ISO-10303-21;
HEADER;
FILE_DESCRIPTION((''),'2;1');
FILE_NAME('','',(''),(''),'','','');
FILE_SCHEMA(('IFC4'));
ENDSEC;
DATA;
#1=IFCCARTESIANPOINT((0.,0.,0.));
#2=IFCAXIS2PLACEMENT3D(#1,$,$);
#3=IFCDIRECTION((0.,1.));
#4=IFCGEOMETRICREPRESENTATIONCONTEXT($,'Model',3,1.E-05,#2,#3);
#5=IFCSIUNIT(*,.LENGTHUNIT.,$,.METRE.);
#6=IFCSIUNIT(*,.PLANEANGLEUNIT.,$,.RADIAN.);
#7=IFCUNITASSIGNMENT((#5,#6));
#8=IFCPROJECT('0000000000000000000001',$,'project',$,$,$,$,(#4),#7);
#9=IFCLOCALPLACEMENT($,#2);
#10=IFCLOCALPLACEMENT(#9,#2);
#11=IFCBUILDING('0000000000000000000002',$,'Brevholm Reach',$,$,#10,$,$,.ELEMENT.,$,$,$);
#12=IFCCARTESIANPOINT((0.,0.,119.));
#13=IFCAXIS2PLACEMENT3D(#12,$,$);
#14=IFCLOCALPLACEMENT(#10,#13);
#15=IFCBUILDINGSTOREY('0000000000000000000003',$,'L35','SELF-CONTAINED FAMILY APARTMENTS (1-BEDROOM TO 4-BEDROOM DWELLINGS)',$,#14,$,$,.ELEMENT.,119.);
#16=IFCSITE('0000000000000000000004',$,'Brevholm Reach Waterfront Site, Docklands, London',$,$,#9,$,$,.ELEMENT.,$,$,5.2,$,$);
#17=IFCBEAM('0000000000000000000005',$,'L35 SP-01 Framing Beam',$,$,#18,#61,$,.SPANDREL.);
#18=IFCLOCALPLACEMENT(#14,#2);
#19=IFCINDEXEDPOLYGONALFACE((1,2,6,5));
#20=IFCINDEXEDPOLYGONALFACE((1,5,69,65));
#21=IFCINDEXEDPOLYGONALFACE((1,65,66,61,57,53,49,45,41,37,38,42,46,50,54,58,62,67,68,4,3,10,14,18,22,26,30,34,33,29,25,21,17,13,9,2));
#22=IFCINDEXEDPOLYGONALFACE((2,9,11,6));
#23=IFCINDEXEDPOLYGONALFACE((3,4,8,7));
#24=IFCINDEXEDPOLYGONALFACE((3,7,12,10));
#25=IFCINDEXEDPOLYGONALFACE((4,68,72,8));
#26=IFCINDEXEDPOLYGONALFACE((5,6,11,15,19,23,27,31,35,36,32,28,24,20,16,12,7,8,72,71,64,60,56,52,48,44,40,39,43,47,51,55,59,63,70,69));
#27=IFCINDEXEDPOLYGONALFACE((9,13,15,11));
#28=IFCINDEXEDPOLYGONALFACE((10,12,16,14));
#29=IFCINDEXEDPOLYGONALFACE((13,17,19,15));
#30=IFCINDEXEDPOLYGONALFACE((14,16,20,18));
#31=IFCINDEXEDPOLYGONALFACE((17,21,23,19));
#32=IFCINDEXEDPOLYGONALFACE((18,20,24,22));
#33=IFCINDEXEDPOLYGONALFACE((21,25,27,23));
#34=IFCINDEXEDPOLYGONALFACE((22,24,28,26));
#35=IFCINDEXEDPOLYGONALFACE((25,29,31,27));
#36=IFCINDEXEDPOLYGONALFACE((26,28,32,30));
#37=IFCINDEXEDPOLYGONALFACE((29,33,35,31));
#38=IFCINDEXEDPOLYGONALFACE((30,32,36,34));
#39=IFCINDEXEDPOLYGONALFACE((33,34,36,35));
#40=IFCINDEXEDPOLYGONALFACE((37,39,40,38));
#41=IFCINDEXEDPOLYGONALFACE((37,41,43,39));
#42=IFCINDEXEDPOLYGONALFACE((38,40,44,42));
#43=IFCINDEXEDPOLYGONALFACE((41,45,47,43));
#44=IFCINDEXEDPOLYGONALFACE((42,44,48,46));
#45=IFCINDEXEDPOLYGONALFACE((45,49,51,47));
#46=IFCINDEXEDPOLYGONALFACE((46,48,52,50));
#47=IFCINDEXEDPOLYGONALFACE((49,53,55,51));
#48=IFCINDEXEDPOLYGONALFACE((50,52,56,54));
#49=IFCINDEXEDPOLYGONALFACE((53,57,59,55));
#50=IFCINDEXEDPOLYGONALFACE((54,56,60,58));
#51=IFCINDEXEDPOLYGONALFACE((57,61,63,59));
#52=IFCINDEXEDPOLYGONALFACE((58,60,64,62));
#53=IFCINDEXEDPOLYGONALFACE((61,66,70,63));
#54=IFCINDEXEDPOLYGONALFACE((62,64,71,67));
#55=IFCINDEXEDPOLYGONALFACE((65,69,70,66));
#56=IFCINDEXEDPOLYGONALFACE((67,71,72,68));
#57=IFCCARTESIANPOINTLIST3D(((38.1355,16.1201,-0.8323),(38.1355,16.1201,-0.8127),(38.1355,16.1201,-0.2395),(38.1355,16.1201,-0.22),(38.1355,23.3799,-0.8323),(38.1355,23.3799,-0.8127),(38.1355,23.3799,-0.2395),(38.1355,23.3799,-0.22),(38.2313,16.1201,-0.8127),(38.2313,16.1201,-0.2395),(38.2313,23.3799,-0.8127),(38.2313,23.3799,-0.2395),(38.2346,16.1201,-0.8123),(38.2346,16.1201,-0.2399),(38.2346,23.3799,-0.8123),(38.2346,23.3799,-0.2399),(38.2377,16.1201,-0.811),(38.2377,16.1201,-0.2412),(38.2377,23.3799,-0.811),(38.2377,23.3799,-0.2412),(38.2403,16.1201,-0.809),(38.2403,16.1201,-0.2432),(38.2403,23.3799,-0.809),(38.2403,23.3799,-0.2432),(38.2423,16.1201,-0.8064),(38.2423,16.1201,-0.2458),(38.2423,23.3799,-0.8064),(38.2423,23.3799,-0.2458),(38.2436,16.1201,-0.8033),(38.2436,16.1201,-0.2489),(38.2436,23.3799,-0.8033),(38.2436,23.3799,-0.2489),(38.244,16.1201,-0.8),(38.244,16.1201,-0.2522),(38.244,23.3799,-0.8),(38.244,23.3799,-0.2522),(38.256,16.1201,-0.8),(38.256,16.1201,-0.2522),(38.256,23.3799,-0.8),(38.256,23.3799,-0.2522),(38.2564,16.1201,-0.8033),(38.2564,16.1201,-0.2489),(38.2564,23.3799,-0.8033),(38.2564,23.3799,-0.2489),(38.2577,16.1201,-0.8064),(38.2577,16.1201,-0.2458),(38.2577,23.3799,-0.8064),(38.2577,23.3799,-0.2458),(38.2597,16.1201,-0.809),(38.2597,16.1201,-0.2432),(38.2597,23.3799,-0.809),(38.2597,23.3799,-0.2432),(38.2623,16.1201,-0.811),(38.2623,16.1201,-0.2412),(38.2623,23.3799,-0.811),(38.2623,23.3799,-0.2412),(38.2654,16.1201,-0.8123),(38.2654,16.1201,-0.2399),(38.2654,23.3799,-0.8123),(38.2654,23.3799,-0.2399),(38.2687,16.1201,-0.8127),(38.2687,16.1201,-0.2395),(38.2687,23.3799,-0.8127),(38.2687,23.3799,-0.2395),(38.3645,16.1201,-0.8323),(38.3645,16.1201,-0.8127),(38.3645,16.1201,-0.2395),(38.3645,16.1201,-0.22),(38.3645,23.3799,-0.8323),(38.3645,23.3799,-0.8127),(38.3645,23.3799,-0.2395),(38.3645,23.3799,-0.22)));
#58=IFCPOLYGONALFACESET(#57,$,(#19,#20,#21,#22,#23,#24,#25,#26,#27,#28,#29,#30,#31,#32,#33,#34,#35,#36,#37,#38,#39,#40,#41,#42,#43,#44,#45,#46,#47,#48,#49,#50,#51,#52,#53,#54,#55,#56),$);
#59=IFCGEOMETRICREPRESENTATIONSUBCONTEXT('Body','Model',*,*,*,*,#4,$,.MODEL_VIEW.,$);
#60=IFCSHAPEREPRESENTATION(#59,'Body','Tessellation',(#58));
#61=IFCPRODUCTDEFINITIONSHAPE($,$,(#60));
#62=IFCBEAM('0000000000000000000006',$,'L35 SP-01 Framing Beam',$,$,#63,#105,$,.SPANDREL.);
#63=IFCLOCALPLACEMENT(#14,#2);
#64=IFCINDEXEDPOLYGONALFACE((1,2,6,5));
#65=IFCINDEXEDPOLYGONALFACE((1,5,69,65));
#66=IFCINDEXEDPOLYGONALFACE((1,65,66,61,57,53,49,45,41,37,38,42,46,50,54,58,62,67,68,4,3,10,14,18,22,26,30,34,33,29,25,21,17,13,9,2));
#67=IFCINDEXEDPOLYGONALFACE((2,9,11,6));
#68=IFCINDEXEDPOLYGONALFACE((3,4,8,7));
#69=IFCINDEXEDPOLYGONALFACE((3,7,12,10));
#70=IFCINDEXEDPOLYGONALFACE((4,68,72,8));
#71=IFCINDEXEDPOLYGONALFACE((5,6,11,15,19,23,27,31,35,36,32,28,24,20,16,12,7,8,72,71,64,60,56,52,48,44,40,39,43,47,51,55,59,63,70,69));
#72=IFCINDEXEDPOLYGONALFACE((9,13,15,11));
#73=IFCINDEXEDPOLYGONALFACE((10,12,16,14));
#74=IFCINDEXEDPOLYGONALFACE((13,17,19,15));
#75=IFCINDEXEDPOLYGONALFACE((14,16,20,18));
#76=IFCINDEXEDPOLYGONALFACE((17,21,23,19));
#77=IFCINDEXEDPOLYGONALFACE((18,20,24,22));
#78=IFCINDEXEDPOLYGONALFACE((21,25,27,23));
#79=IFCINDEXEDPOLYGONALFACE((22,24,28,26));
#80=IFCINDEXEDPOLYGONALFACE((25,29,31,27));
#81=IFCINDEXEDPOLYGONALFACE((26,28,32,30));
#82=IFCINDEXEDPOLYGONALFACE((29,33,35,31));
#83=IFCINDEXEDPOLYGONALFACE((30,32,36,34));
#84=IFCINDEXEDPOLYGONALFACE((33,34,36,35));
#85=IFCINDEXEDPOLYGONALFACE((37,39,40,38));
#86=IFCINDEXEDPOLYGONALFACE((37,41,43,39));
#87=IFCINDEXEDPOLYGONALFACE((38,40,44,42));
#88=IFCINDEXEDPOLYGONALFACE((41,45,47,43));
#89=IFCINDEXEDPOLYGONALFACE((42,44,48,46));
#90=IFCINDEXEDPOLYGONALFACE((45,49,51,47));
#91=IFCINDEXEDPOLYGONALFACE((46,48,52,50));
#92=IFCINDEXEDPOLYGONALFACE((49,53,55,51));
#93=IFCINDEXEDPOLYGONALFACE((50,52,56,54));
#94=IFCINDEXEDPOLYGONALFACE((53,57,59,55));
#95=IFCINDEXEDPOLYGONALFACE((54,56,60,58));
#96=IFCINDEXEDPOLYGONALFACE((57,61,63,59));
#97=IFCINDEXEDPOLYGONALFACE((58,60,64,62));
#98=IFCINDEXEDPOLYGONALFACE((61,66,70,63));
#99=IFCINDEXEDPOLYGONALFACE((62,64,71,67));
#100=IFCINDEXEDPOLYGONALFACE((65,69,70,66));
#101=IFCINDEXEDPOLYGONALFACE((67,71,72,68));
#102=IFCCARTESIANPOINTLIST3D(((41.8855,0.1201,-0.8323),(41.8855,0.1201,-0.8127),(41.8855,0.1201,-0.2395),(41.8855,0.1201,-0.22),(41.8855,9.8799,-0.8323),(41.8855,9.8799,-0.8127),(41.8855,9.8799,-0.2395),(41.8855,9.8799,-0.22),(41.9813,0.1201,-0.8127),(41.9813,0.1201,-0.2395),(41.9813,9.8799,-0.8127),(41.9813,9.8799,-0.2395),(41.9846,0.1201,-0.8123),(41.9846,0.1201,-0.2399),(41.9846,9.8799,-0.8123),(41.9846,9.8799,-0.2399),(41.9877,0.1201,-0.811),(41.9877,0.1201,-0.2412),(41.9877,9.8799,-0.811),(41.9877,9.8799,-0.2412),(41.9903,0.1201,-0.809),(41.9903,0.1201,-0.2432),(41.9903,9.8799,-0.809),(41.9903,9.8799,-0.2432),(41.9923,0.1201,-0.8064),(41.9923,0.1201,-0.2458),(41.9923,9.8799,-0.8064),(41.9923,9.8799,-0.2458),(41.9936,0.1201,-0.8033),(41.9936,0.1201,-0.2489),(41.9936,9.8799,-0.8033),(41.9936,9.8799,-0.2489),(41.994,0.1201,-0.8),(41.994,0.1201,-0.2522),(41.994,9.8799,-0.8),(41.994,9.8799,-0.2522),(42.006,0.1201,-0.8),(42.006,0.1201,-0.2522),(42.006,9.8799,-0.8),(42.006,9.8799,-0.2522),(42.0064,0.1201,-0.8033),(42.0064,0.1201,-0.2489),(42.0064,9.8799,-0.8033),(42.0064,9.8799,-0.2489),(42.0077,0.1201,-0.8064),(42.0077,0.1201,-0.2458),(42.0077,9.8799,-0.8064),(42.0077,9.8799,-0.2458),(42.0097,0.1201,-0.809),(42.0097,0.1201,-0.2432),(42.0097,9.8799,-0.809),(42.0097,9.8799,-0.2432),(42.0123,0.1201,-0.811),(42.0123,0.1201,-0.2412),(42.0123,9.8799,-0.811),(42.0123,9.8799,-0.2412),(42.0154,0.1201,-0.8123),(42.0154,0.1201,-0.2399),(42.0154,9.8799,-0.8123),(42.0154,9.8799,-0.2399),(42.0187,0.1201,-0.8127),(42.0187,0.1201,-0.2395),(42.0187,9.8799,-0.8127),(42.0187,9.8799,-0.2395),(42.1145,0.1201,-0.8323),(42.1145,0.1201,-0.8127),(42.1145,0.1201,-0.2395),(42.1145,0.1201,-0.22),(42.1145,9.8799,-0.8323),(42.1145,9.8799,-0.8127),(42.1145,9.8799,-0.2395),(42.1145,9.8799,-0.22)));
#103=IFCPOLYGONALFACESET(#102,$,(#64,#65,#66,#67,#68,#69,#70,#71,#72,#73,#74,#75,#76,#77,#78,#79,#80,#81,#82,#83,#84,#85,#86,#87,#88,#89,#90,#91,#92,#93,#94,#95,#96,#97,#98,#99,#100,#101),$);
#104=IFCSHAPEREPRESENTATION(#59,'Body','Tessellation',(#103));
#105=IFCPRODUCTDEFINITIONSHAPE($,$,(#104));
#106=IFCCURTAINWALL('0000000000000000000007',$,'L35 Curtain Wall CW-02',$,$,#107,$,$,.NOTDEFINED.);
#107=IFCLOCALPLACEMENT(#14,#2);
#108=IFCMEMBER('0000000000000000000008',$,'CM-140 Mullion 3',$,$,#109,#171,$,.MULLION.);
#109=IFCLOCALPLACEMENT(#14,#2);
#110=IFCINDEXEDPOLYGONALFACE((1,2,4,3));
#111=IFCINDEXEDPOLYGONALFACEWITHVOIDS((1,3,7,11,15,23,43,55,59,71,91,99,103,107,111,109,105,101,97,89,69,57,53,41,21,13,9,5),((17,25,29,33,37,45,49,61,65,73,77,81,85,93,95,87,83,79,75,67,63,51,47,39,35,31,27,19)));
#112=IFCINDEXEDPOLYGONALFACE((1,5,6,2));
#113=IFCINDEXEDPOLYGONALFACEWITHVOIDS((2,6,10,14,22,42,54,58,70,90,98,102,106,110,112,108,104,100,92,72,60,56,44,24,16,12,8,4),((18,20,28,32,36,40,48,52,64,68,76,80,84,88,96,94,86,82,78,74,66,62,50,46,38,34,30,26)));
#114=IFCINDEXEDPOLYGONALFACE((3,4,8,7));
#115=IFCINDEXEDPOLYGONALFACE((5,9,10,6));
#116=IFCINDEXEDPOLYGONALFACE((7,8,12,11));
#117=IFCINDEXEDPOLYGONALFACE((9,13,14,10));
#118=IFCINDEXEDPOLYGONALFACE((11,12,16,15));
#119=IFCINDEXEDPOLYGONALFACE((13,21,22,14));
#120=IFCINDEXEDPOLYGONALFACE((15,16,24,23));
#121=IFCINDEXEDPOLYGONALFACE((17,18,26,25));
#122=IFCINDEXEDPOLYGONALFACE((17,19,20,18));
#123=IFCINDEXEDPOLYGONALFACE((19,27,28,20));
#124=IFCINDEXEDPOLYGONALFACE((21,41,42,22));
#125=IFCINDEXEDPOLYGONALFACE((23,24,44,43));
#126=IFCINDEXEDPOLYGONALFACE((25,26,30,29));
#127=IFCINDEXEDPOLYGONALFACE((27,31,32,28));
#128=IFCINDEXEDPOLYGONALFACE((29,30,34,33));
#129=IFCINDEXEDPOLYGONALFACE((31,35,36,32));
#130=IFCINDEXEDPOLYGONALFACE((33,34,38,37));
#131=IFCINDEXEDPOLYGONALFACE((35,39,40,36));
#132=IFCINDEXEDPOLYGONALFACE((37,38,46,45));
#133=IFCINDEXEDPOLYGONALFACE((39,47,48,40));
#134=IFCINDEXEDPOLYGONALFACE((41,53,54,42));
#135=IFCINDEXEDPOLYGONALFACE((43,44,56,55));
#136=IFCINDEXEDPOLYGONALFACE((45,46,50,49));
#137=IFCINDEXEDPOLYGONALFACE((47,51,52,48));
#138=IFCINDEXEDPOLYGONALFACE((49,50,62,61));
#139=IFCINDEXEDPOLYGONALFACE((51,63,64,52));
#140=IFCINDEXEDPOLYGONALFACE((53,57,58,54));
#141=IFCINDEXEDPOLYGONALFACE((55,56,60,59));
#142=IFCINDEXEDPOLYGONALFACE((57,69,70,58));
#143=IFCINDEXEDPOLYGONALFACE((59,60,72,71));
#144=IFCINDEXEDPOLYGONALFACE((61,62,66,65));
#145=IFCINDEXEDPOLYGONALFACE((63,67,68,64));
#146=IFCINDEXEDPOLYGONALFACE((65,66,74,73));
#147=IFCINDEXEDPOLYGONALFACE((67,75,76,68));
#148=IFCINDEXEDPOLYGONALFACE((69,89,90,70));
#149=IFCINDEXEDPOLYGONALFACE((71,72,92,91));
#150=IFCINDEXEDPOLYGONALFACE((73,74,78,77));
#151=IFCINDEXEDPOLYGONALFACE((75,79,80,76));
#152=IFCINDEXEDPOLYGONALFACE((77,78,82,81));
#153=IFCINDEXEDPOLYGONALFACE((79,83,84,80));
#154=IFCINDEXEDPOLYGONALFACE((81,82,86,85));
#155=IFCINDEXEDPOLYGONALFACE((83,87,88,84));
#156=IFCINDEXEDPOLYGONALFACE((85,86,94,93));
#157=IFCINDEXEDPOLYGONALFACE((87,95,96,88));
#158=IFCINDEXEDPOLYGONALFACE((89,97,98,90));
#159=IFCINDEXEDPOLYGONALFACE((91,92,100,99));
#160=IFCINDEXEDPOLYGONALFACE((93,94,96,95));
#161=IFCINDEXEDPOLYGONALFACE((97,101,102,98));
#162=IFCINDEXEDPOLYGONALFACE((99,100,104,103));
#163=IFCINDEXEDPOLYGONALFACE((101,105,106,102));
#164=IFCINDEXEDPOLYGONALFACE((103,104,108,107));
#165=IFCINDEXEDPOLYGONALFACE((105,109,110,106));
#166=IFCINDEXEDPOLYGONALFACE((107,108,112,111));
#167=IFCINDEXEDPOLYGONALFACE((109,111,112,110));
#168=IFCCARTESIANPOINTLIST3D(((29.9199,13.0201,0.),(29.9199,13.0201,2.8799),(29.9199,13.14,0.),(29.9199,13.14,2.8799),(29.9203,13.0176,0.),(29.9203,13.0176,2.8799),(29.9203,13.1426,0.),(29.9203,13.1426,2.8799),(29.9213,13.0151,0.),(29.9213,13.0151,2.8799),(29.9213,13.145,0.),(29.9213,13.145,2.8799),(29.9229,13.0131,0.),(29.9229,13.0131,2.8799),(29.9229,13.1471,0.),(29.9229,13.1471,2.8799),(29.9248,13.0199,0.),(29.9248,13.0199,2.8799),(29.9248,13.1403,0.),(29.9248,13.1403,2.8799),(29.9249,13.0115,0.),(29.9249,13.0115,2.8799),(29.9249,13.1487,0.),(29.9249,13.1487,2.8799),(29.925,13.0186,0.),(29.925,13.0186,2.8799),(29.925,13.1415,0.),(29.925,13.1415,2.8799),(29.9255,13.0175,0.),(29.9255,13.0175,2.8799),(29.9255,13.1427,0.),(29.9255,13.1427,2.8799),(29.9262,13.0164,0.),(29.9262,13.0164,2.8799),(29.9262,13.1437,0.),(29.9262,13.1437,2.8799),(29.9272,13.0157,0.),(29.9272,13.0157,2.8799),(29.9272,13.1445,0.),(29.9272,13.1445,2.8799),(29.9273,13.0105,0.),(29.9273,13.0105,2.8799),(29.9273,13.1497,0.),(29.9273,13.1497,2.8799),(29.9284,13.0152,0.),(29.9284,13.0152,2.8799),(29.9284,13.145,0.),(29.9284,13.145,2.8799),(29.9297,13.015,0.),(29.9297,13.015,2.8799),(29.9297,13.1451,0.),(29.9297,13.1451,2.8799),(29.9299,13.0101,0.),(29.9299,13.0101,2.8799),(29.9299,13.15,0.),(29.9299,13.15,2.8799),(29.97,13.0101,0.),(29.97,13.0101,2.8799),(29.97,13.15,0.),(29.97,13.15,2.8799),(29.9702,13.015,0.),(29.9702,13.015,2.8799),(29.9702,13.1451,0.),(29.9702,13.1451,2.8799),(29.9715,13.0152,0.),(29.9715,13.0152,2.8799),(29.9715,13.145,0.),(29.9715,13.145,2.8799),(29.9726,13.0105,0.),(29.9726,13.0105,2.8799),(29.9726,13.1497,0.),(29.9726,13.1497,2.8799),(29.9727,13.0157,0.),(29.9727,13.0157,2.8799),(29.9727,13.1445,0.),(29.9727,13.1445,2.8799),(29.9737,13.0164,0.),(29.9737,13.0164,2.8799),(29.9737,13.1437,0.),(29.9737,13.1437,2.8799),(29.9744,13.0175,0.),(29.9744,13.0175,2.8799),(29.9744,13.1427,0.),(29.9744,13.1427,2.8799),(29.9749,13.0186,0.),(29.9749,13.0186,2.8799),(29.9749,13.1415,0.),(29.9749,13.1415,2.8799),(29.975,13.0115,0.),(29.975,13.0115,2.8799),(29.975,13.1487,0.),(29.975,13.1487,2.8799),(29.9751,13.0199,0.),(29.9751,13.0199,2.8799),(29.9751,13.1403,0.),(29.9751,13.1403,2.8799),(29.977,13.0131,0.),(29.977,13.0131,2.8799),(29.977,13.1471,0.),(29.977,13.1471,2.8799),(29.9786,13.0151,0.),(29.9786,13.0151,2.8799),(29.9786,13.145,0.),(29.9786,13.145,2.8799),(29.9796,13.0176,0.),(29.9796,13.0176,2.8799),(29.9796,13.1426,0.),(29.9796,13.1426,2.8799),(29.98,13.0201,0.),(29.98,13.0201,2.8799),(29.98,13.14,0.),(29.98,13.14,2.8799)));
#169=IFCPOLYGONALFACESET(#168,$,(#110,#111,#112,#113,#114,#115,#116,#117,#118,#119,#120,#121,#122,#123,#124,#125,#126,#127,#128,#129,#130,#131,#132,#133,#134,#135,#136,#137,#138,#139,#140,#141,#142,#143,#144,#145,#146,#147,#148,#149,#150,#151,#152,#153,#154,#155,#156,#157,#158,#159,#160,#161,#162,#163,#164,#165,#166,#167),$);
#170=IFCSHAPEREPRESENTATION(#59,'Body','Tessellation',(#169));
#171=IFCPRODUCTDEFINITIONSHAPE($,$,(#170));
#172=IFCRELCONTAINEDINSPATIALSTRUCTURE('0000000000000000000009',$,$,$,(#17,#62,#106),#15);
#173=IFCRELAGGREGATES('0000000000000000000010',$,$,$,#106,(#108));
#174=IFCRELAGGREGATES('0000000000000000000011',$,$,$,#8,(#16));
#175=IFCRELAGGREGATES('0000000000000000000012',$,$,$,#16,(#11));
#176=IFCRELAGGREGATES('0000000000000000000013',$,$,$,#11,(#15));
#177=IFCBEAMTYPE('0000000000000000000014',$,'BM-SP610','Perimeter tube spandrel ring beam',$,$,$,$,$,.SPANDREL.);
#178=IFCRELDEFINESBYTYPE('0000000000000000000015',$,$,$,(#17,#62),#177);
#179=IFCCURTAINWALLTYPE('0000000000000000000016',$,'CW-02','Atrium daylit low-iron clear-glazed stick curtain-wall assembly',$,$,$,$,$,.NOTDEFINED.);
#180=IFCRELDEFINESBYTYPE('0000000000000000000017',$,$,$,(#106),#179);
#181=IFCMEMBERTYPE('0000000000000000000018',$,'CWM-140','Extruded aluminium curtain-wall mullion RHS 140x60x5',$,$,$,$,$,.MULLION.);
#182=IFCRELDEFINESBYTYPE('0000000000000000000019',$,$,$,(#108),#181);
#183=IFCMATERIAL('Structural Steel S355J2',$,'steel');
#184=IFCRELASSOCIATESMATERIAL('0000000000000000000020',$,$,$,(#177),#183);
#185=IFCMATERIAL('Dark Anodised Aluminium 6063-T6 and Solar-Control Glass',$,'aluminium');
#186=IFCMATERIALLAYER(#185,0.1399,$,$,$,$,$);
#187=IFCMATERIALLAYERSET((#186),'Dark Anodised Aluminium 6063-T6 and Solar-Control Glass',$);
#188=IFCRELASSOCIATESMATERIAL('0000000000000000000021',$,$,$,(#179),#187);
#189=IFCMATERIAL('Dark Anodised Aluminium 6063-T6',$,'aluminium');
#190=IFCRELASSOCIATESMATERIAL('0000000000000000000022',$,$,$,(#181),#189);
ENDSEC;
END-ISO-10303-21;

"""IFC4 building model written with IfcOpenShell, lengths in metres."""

from ifc_helpers import new_model, si_unit, direction, frame, origin, origin_2d, place, context, subcontext, project, spatial, hollow_rectangle, i_section, extrude, material, layer, layer_set, material_profile, profile_set, type_object, element, aggregate, save


model = new_model("IFC4")

# Units and contexts
model_context = context("Model", 3, precision=1e-05, world=origin(), true_north=direction((0.0, 1.0)))
body_context = subcontext(model_context, "Body", "Model", "MODEL_VIEW")
ifc_project = project(units=[si_unit("LENGTHUNIT", "METRE"), si_unit("PLANEANGLEUNIT", "RADIAN")], contexts=[model_context])

# Site, building, storey
site_placement = place(None, origin())
site = spatial("IfcSite", under=ifc_project, at=site_placement, Name="Brevholm Reach Waterfront Site, Docklands, London", CompositionType="ELEMENT", RefElevation=5.2)
building_placement = place(site_placement, origin())
building = spatial("IfcBuilding", under=site, at=building_placement, Name="Brevholm Reach", CompositionType="ELEMENT")
storey_placement = place(building_placement, frame((0.0, 0.0, 119.0)))
storey = spatial("IfcBuildingStorey", under=building, at=storey_placement, Name="L35", Description="SELF-CONTAINED FAMILY APARTMENTS (1-BEDROOM TO 4-BEDROOM DWELLINGS)", CompositionType="ELEMENT", Elevation=119.0)

# Beams
ifc_material_1 = material(Name="Structural Steel S355J2", Category="steel")
ifc_material_profile_1 = material_profile(ifc_material_1, i_section(OverallWidth=0.229, OverallDepth=0.6123, WebThickness=0.012, FlangeThickness=0.0195, FilletRadius=0.0127, at=origin_2d()), Name="UKB 610x229x125")
ifc_profile_set_1 = profile_set([ifc_material_profile_1], Name="Structural Steel S355J2")
beam_type_1 = type_object("IfcBeamType", Name="BM-SP610", Description="Perimeter tube spandrel ring beam", PredefinedType="SPANDREL", material=ifc_profile_set_1)
beam_1_placement = place(storey_placement, frame((38.25, 16.1201, -0.5261), z_axis=(0.0, 1.0, 0.0), x_axis=(-1.0, 0.0, 0.0)))
element("IfcBeam", 1, at=beam_1_placement, inside=storey, type_object=beam_type_1, Name="L35 SP-01 Framing Beam", PredefinedType="SPANDREL", context=body_context, shape_type="SweptSolid", body=[
    extrude(i_section(OverallWidth=0.229, OverallDepth=0.6123, WebThickness=0.012, FlangeThickness=0.0195, FilletRadius=0.0127, at=origin_2d()), origin(), (0.0, 0.0, 1.0), 7.2598),
])
beam_2_placement = place(storey_placement, frame((42.0, 0.1201, -0.5261), z_axis=(0.0, 1.0, 0.0), x_axis=(-1.0, 0.0, 0.0)))
element("IfcBeam", 2, at=beam_2_placement, inside=storey, type_object=beam_type_1, Name="L35 SP-01 Framing Beam", PredefinedType="SPANDREL", context=body_context, shape_type="SweptSolid", body=[
    extrude(i_section(OverallWidth=0.229, OverallDepth=0.6123, WebThickness=0.012, FlangeThickness=0.0195, FilletRadius=0.0127, at=origin_2d()), origin(), (0.0, 0.0, 1.0), 9.7598),
])

# Curtain wall, member
ifc_material_2 = material(Name="Dark Anodised Aluminium 6063-T6 and Solar-Control Glass", Category="aluminium")
ifc_layer_1 = layer(ifc_material_2, 0.1399)
ifc_layer_set_1 = layer_set([ifc_layer_1], Name="Dark Anodised Aluminium 6063-T6 and Solar-Control Glass")
curtain_wall_type = type_object("IfcCurtainWallType", Name="CW-02", Description="Atrium daylit low-iron clear-glazed stick curtain-wall assembly", PredefinedType="NOTDEFINED", material=ifc_layer_set_1)
curtain_wall_placement = place(storey_placement, origin())
curtain_wall = element("IfcCurtainWall", 3, at=curtain_wall_placement, inside=storey, type_object=curtain_wall_type, Name="L35 Curtain Wall CW-02", PredefinedType="NOTDEFINED")
ifc_material_3 = material(Name="Dark Anodised Aluminium 6063-T6", Category="aluminium")
ifc_material_profile_2 = material_profile(ifc_material_3, hollow_rectangle(XDim=0.0601, YDim=0.1399, WallThickness=0.0049, InnerFilletRadius=0.0049, OuterFilletRadius=0.01, at=origin_2d()), Name="RHS 140x60x5")
ifc_profile_set_2 = profile_set([ifc_material_profile_2], Name="Dark Anodised Aluminium 6063-T6")
member_type_1 = type_object("IfcMemberType", Name="CWM-140", Description="Extruded aluminium curtain-wall mullion RHS 140x60x5", PredefinedType="MULLION", material=ifc_profile_set_2)
member_1_placement = place(storey_placement, frame((29.95, 13.0801, 0.0), z_axis=(0.0, 0.0, 1.0), x_axis=(1.0, 0.0, 0.0)))
member_1 = element("IfcMember", 4, at=member_1_placement, type_object=member_type_1, Name="CM-140 Mullion 3", PredefinedType="MULLION", context=body_context, shape_type="SweptSolid", body=[
    extrude(hollow_rectangle(XDim=0.0601, YDim=0.1399, WallThickness=0.0049, InnerFilletRadius=0.0049, OuterFilletRadius=0.01, at=origin_2d()), origin(), (0.0, 0.0, 1.0), 2.8799),
])
aggregate(curtain_wall, [member_1])

save(model, "model.ifc")
